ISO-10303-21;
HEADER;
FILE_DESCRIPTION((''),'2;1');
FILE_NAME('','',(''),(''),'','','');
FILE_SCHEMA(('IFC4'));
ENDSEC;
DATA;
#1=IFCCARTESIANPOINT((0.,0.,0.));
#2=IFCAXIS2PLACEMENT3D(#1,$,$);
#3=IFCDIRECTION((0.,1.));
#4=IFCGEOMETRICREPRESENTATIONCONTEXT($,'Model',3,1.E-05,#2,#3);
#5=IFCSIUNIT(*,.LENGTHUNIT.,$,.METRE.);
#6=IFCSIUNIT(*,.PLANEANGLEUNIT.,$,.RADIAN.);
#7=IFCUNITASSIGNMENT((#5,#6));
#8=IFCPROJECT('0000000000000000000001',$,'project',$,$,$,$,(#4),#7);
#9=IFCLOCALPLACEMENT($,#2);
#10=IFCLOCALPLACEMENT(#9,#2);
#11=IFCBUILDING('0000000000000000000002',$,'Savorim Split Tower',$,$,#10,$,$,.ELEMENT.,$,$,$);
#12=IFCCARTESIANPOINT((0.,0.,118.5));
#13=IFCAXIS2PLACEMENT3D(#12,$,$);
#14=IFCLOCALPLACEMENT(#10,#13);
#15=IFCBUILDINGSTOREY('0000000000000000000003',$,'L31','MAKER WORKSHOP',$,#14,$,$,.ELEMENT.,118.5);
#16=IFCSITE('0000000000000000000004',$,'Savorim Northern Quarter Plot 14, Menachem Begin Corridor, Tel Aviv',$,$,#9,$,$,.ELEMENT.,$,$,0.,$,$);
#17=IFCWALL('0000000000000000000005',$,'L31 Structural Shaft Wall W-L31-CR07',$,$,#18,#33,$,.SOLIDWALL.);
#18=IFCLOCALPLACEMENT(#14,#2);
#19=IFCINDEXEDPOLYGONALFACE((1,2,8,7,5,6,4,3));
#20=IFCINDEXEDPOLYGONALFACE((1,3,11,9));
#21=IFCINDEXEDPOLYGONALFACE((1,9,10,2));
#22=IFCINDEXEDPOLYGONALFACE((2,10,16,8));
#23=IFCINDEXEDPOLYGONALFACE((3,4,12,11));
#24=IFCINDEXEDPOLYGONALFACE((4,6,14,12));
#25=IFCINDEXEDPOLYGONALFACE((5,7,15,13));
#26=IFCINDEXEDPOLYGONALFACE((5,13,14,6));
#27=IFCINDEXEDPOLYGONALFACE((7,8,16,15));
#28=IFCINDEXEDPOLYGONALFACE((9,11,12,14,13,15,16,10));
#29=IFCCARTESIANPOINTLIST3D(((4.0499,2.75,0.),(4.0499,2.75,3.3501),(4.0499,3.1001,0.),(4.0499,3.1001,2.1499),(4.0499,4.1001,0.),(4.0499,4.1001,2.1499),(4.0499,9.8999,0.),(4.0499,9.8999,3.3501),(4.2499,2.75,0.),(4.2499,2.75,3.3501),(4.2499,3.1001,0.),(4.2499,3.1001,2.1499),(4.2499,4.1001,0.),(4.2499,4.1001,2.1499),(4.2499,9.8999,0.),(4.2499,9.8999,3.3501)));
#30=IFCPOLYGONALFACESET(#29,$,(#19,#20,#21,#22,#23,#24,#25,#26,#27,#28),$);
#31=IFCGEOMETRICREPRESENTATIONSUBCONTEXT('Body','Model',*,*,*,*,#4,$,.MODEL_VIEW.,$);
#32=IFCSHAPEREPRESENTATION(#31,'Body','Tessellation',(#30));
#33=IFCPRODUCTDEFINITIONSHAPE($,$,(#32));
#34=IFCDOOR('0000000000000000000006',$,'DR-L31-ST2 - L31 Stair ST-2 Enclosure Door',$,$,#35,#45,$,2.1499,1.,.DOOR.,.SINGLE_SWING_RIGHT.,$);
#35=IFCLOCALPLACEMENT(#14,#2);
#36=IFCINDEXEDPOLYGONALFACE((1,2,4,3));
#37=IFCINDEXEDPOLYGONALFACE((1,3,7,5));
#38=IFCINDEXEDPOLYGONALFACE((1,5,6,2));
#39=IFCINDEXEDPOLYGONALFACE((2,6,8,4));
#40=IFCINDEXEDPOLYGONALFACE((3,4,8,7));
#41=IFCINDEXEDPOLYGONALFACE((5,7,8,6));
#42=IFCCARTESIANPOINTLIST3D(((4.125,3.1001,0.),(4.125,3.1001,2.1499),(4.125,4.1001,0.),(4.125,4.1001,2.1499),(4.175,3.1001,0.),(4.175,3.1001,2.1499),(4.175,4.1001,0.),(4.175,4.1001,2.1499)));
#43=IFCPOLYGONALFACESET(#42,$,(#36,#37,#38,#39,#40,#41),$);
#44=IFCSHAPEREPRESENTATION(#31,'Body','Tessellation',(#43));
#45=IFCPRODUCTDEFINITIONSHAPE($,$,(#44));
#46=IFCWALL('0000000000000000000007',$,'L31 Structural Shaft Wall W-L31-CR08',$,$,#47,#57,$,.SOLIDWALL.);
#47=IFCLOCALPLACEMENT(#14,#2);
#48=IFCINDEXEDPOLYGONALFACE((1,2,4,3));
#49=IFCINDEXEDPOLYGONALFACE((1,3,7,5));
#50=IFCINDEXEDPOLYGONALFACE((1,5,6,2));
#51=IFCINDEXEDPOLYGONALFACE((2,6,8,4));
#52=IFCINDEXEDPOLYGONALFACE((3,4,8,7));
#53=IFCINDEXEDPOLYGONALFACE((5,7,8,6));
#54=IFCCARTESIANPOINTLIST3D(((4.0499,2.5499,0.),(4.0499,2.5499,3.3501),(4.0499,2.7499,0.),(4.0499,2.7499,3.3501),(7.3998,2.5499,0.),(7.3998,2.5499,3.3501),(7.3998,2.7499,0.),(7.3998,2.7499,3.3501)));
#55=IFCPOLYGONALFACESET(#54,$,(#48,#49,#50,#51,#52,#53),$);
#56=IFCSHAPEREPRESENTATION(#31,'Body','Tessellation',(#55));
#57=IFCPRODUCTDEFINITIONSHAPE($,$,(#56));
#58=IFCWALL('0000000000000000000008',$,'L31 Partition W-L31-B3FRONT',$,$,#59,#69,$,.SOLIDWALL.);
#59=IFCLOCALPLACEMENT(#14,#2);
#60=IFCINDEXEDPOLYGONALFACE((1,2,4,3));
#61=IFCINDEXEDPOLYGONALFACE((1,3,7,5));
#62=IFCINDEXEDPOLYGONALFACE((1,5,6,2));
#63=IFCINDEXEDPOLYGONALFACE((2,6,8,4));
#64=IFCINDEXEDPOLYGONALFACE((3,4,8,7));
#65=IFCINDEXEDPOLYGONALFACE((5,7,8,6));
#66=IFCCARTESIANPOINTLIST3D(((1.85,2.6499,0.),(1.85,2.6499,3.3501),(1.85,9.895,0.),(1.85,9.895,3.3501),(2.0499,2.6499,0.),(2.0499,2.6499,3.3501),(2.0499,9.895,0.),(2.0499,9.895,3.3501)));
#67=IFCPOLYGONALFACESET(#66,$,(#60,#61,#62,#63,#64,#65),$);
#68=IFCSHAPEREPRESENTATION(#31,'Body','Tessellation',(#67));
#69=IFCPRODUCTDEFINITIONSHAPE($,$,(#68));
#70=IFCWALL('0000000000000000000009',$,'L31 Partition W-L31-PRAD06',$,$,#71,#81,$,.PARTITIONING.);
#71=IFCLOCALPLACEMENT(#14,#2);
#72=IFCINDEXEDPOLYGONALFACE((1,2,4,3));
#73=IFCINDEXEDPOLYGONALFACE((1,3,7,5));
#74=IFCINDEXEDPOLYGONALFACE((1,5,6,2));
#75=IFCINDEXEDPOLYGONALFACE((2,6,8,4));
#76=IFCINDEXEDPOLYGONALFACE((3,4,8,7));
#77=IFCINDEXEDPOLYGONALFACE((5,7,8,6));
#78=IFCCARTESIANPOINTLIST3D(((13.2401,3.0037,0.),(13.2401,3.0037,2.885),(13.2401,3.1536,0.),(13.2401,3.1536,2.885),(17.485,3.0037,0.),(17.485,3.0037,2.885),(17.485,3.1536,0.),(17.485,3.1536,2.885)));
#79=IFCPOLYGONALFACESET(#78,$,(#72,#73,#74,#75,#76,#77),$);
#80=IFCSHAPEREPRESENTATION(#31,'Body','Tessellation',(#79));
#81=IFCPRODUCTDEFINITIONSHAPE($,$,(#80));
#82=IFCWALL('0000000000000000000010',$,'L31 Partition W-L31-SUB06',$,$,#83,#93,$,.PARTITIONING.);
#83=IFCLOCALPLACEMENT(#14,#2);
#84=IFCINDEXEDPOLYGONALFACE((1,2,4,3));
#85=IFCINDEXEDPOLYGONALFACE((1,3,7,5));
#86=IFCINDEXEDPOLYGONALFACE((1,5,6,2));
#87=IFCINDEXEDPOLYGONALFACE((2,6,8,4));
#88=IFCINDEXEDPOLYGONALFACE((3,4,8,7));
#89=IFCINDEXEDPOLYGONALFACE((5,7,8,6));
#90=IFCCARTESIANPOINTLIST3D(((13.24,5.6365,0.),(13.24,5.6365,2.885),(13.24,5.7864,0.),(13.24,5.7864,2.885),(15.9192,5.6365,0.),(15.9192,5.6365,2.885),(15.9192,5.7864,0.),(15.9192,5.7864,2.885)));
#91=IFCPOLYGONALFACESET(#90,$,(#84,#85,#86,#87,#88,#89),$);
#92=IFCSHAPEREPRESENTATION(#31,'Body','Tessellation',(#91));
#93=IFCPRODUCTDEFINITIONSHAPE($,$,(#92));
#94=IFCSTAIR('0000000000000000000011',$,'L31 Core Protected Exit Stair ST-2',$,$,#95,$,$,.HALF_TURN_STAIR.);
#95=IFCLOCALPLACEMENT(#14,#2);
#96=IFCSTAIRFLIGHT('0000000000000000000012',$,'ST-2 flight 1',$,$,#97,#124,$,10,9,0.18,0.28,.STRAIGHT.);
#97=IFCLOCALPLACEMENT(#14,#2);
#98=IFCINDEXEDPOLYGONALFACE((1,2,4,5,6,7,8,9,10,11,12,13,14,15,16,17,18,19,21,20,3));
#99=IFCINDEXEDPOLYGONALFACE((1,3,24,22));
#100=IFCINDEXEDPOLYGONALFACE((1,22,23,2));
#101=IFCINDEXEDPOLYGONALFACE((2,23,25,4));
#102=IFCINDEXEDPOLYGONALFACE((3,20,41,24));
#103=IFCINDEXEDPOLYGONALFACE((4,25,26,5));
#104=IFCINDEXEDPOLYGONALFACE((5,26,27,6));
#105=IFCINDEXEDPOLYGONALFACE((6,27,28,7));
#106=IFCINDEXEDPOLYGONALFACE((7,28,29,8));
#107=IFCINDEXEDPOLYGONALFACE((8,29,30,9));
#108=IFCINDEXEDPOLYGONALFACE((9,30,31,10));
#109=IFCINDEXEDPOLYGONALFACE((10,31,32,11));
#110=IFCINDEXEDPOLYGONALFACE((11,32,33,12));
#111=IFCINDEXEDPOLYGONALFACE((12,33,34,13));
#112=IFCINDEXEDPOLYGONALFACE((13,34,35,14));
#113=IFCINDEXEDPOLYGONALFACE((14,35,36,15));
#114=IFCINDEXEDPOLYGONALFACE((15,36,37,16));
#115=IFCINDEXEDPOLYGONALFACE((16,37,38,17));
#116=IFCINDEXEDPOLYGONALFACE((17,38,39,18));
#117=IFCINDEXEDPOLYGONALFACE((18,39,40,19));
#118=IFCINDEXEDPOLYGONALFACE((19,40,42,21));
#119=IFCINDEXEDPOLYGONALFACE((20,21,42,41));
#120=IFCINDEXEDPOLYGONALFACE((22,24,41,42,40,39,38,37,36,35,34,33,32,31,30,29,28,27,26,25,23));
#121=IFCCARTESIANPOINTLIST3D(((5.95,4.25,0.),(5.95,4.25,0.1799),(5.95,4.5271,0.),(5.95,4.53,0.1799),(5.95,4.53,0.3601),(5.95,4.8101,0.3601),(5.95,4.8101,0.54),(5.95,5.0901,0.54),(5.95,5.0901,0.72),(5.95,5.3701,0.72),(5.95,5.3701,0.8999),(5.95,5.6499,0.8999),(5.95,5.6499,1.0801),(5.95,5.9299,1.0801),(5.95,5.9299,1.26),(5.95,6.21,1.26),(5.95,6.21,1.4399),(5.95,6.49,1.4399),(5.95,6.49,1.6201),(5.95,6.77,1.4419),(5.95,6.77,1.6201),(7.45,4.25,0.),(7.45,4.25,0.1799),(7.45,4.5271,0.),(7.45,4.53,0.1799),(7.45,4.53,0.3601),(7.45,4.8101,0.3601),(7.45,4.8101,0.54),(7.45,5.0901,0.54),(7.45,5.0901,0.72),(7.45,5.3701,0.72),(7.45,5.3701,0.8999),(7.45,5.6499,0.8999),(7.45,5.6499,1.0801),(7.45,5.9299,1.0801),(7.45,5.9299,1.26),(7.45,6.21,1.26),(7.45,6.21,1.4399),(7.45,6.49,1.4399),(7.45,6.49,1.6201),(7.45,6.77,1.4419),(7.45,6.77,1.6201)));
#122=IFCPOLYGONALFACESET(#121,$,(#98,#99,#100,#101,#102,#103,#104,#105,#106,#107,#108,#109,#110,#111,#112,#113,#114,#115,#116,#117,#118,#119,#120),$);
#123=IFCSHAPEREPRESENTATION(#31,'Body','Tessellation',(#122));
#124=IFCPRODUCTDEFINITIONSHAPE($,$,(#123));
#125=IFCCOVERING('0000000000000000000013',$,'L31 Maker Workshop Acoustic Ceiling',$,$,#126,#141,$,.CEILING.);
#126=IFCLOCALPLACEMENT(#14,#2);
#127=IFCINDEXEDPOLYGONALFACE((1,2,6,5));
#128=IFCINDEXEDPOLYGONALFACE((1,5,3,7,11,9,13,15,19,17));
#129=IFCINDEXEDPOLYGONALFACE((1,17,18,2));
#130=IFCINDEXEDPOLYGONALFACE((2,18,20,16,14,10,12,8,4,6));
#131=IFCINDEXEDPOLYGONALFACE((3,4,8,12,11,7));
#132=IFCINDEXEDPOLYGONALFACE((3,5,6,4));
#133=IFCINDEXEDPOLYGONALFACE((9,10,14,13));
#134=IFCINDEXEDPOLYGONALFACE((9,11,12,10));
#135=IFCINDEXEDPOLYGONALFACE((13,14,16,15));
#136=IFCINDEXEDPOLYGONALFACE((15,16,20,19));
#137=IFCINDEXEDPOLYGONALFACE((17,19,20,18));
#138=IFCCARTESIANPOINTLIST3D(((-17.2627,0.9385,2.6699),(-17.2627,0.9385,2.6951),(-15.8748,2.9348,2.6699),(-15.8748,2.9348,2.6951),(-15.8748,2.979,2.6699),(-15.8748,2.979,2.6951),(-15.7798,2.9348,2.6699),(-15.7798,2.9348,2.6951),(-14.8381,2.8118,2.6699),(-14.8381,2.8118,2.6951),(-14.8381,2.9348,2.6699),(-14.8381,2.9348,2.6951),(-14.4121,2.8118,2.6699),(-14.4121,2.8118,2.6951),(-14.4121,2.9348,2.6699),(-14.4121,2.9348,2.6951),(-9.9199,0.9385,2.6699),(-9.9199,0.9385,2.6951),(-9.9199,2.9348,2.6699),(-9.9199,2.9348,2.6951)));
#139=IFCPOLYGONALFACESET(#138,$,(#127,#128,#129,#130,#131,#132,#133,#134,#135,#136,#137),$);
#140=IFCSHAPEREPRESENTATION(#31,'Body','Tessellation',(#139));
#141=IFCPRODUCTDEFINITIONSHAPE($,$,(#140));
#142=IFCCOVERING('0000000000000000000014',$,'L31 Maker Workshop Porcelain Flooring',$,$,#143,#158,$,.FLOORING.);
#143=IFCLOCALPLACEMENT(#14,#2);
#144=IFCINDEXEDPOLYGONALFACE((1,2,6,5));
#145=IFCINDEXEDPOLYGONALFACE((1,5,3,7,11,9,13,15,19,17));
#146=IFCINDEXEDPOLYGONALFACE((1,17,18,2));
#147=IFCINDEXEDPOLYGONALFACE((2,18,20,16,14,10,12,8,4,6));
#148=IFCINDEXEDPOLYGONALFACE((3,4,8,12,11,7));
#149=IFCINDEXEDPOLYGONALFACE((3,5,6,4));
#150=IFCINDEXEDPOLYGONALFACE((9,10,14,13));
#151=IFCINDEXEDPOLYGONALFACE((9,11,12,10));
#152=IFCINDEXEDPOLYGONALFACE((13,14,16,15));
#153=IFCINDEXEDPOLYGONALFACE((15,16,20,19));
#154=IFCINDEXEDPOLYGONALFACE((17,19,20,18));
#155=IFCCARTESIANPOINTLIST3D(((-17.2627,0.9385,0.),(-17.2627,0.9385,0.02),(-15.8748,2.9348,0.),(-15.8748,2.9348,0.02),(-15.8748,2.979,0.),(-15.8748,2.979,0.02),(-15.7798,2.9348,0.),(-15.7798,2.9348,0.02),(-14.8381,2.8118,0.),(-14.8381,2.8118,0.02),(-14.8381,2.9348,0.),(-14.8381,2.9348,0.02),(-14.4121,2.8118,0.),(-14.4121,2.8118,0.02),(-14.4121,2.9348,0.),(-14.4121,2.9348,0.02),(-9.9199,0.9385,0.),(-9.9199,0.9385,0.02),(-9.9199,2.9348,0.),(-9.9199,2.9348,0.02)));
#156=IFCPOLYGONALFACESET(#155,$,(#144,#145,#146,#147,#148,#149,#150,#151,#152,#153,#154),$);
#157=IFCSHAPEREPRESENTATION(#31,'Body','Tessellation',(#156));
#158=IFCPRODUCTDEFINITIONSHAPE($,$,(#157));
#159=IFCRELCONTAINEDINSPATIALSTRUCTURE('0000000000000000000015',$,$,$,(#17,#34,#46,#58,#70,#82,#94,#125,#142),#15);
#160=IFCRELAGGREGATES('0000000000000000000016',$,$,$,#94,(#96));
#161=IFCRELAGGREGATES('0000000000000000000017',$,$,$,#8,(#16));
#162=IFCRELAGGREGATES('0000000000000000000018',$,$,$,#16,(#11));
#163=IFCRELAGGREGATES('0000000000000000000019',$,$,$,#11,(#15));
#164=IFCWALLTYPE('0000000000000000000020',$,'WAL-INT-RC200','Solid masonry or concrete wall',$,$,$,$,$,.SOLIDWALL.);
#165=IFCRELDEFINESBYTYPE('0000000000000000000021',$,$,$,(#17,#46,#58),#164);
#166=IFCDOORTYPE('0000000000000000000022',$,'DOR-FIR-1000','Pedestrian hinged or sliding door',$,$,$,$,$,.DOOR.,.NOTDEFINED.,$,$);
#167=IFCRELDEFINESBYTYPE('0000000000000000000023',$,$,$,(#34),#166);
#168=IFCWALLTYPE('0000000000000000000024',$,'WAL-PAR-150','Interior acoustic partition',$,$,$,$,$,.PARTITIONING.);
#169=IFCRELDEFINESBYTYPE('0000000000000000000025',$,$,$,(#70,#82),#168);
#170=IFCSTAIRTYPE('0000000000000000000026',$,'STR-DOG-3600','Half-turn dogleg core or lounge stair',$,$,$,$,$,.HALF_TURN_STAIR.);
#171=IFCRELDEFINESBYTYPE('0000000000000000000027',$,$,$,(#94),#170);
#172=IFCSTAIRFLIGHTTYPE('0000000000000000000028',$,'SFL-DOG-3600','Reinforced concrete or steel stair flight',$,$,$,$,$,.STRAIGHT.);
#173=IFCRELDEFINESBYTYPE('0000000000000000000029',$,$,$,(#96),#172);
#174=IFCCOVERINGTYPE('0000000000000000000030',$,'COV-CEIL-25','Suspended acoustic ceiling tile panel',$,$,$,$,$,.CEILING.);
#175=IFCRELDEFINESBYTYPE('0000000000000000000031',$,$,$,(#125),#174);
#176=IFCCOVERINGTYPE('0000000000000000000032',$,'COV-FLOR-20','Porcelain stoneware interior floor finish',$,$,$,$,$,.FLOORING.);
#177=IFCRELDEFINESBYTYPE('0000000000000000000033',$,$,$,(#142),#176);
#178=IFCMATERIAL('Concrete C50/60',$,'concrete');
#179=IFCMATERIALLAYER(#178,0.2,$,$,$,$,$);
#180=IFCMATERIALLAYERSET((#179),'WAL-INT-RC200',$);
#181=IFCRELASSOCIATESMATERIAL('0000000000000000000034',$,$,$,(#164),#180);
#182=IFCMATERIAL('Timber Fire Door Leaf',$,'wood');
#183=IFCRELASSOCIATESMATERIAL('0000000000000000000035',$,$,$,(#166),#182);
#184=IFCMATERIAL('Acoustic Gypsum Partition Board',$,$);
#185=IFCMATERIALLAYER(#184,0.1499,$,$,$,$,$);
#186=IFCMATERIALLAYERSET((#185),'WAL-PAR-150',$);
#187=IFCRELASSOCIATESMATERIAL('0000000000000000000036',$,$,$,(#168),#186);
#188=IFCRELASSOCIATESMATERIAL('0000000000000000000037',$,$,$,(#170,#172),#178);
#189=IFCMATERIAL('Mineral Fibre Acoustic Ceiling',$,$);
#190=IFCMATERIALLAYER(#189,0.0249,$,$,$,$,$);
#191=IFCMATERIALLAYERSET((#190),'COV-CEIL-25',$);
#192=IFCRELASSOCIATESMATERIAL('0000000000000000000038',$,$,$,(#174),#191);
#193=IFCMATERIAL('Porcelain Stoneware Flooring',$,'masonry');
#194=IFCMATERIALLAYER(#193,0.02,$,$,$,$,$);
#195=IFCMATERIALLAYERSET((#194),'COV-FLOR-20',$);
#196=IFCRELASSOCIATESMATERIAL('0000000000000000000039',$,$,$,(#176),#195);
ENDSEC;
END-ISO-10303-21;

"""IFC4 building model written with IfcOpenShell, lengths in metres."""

from ifc_helpers import new_model, si_unit, direction, frame, frame_2d, origin, place, context, subcontext, project, spatial, polyline, rectangle, outline, extrude, material, layer, layer_set, type_object, element, fill, aggregate, save


model = new_model("IFC4")

# Units and contexts
model_context = context("Model", 3, precision=1e-05, world=origin(), true_north=direction((0.0, 1.0)))
body_context = subcontext(model_context, "Body", "Model", "MODEL_VIEW")
ifc_project = project(units=[si_unit("LENGTHUNIT", "METRE"), si_unit("PLANEANGLEUNIT", "RADIAN")], contexts=[model_context])

# Site, building, storey
site_placement = place(None, origin())
site = spatial("IfcSite", under=ifc_project, at=site_placement, Name="Savorim Northern Quarter Plot 14, Menachem Begin Corridor, Tel Aviv", CompositionType="ELEMENT", RefElevation=0.0)
building_placement = place(site_placement, origin())
building = spatial("IfcBuilding", under=site, at=building_placement, Name="Savorim Split Tower", CompositionType="ELEMENT")
storey_placement = place(building_placement, frame((0.0, 0.0, 118.5)))
storey = spatial("IfcBuildingStorey", under=building, at=storey_placement, Name="L31", Description="MAKER WORKSHOP", CompositionType="ELEMENT", Elevation=118.5)

# Wall, opening, door
ifc_material_1 = material(Name="Concrete C50/60", Category="concrete")
ifc_layer_1 = layer(ifc_material_1, 0.2)
ifc_layer_set_1 = layer_set([ifc_layer_1], Name="WAL-INT-RC200")
wall_type_1 = type_object("IfcWallType", Name="WAL-INT-RC200", Description="Solid masonry or concrete wall", PredefinedType="SOLIDWALL", material=ifc_layer_set_1)
wall_1_placement = place(storey_placement, frame((4.1499, 2.75, 0.0), z_axis=(0.0, 0.0, 1.0), x_axis=(0.0, 1.0, 0.0)))
wall_1 = element("IfcWall", 1, at=wall_1_placement, inside=storey, type_object=wall_type_1, Name="L31 Structural Shaft Wall W-L31-CR07", PredefinedType="SOLIDWALL", context=body_context, shape_type="SweptSolid", body=[
    extrude(rectangle(XDim=7.1499, YDim=0.2, at=frame_2d((3.575, 0.0))), origin(), (0.0, 0.0, 1.0), 3.3501),
])
opening_placement = place(wall_1_placement, frame((0.3501, 0.0, 0.0)))
opening = element("IfcOpeningElement", 2, at=opening_placement, cuts=wall_1, PredefinedType="OPENING", context=body_context, shape_type="SweptSolid", body=[
    extrude(rectangle(XDim=1.0, YDim=2.1499, at=frame_2d((0.5, 1.075))), frame((0.0, 0.1099, 0.0), z_axis=(0.0, -1.0, 0.0), x_axis=(1.0, 0.0, 0.0)), (0.0, 0.0, 1.0), 0.22),
])
ifc_material_2 = material(Name="Timber Fire Door Leaf", Category="wood")
door_type = type_object("IfcDoorType", Name="DOR-FIR-1000", Description="Pedestrian hinged or sliding door", OperationType="NOTDEFINED", PredefinedType="DOOR", material=ifc_material_2)
door_placement = place(opening_placement, origin())
door = element("IfcDoor", 3, at=door_placement, inside=storey, type_object=door_type, Name="DR-L31-ST2 - L31 Stair ST-2 Enclosure Door", OperationType="SINGLE_SWING_RIGHT", OverallHeight=2.1499, OverallWidth=1.0, PredefinedType="DOOR", context=body_context, shape_type="SweptSolid", body=[
    extrude(rectangle(XDim=1.0, YDim=2.1499, at=frame_2d((0.5, 1.075))), frame((0.0, 0.0249, 0.0), z_axis=(0.0, -1.0, 0.0), x_axis=(1.0, 0.0, 0.0)), (0.0, 0.0, 1.0), 0.05),
])
fill(opening, door)

# Walls
wall_2_placement = place(storey_placement, frame((4.05, 2.6499, 0.0), z_axis=(0.0, 0.0, 1.0), x_axis=(1.0, 0.0, 0.0)))
element("IfcWall", 4, at=wall_2_placement, inside=storey, type_object=wall_type_1, Name="L31 Structural Shaft Wall W-L31-CR08", PredefinedType="SOLIDWALL", context=body_context, shape_type="SweptSolid", body=[
    extrude(rectangle(XDim=3.3499, YDim=0.2, at=frame_2d((1.6748, 0.0))), origin(), (0.0, 0.0, 1.0), 3.3501),
])
wall_3_placement = place(storey_placement, frame((1.95, 2.6499, 0.0), z_axis=(0.0, 0.0, 1.0), x_axis=(0.0, 1.0, 0.0)))
element("IfcWall", 5, at=wall_3_placement, inside=storey, type_object=wall_type_1, Name="L31 Partition W-L31-B3FRONT", PredefinedType="SOLIDWALL", context=body_context, shape_type="SweptSolid", body=[
    extrude(rectangle(XDim=7.2451, YDim=0.2, at=frame_2d((3.6226, 0.0))), origin(), (0.0, 0.0, 1.0), 3.3501),
])
ifc_material_3 = material(Name="Acoustic Gypsum Partition Board")
ifc_layer_2 = layer(ifc_material_3, 0.1499)
ifc_layer_set_2 = layer_set([ifc_layer_2], Name="WAL-PAR-150")
wall_type_2 = type_object("IfcWallType", Name="WAL-PAR-150", Description="Interior acoustic partition", PredefinedType="PARTITIONING", material=ifc_layer_set_2)
wall_4_placement = place(storey_placement, frame((13.24, 3.0786, 0.0), z_axis=(0.0, 0.0, 1.0), x_axis=(1.0, 0.0, 0.0)))
element("IfcWall", 6, at=wall_4_placement, inside=storey, type_object=wall_type_2, Name="L31 Partition W-L31-PRAD06", PredefinedType="PARTITIONING", context=body_context, shape_type="SweptSolid", body=[
    extrude(rectangle(XDim=4.2449, YDim=0.1499, at=frame_2d((2.1226, 0.0))), origin(), (0.0, 0.0, 1.0), 2.885),
])
wall_5_placement = place(storey_placement, frame((13.24, 5.7114, 0.0), z_axis=(0.0, 0.0, 1.0), x_axis=(1.0, 0.0, 0.0)))
element("IfcWall", 7, at=wall_5_placement, inside=storey, type_object=wall_type_2, Name="L31 Partition W-L31-SUB06", PredefinedType="PARTITIONING", context=body_context, shape_type="SweptSolid", body=[
    extrude(rectangle(XDim=2.6792, YDim=0.1499, at=frame_2d((1.3396, 0.0))), origin(), (0.0, 0.0, 1.0), 2.885),
])

# Stair, stair flight
stair_type = type_object("IfcStairType", Name="STR-DOG-3600", Description="Half-turn dogleg core or lounge stair", PredefinedType="HALF_TURN_STAIR", material=ifc_material_1)
stair_placement = place(storey_placement, origin())
stair = element("IfcStair", 8, at=stair_placement, inside=storey, type_object=stair_type, Name="L31 Core Protected Exit Stair ST-2", PredefinedType="HALF_TURN_STAIR")
stair_flight_type = type_object("IfcStairFlightType", Name="SFL-DOG-3600", Description="Reinforced concrete or steel stair flight", PredefinedType="STRAIGHT", material=ifc_material_1)
stair_flight_placement = place(storey_placement, frame((6.7, 4.25, 0.0), z_axis=(0.0, 0.0, 1.0), x_axis=(0.0, 1.0, 0.0)))
stair_flight = element("IfcStairFlight", 9, at=stair_flight_placement, type_object=stair_flight_type, Name="ST-2 flight 1", NumberOfRisers=10, NumberOfTreads=9, PredefinedType="STRAIGHT", RiserHeight=0.18, TreadLength=0.28, context=body_context, shape_type="SweptSolid", body=[
    extrude(outline(polyline([(0.0, 0.0), (0.0, 0.1799), (0.28, 0.1799), (0.28, 0.3601), (0.5601, 0.3601), (0.5601, 0.54), (0.8401, 0.54), (0.8401, 0.72), (1.1201, 0.72), (1.1201, 0.8999), (1.3999, 0.8999), (1.3999, 1.0801), (1.6799, 1.0801), (1.6799, 1.26), (1.96, 1.26), (1.96, 1.4399), (2.24, 1.4399), (2.24, 1.6201), (2.52, 1.6201), (2.52, 1.8), (2.52, 1.4419), (0.2771, 0.0), (0.0, 0.0)])), frame((0.0, 0.75, 0.0), z_axis=(0.0, -1.0, 0.0), x_axis=(1.0, 0.0, 0.0)), (0.0, 0.0, 1.0), 1.5),
])
aggregate(stair, [stair_flight])

# Coverings
ifc_material_4 = material(Name="Mineral Fibre Acoustic Ceiling")
ifc_layer_3 = layer(ifc_material_4, 0.0249)
ifc_layer_set_3 = layer_set([ifc_layer_3], Name="COV-CEIL-25")
covering_type_1 = type_object("IfcCoveringType", Name="COV-CEIL-25", Description="Suspended acoustic ceiling tile panel", PredefinedType="CEILING", material=ifc_layer_set_3)
covering_1_placement = place(storey_placement, frame((0.0, 0.0, 2.6699)))
element("IfcCovering", 10, at=covering_1_placement, inside=storey, type_object=covering_type_1, Name="L31 Maker Workshop Acoustic Ceiling", PredefinedType="CEILING", context=body_context, shape_type="SweptSolid", body=[
    extrude(outline(polyline([(-14.8381, 2.9348), (-15.7798, 2.9348), (-15.8748, 2.9348), (-15.8748, 2.979), (-17.2627, 0.9385), (-9.9199, 0.9385), (-9.9199, 2.9348), (-14.4121, 2.9348), (-14.4121, 2.8118), (-14.8381, 2.8118), (-14.8381, 2.9348)])), origin(), (0.0, 0.0, 1.0), 0.0251),
])
ifc_material_5 = material(Name="Porcelain Stoneware Flooring", Category="masonry")
ifc_layer_4 = layer(ifc_material_5, 0.02)
ifc_layer_set_4 = layer_set([ifc_layer_4], Name="COV-FLOR-20")
covering_type_2 = type_object("IfcCoveringType", Name="COV-FLOR-20", Description="Porcelain stoneware interior floor finish", PredefinedType="FLOORING", material=ifc_layer_set_4)
covering_2_placement = place(storey_placement, origin())
element("IfcCovering", 11, at=covering_2_placement, inside=storey, type_object=covering_type_2, Name="L31 Maker Workshop Porcelain Flooring", PredefinedType="FLOORING", context=body_context, shape_type="SweptSolid", body=[
    extrude(outline(polyline([(-14.8381, 2.9348), (-15.7798, 2.9348), (-15.8748, 2.9348), (-15.8748, 2.979), (-17.2627, 0.9385), (-9.9199, 0.9385), (-9.9199, 2.9348), (-14.4121, 2.9348), (-14.4121, 2.8118), (-14.8381, 2.8118), (-14.8381, 2.9348)])), origin(), (0.0, 0.0, 1.0), 0.02),
])

save(model, "model.ifc")
